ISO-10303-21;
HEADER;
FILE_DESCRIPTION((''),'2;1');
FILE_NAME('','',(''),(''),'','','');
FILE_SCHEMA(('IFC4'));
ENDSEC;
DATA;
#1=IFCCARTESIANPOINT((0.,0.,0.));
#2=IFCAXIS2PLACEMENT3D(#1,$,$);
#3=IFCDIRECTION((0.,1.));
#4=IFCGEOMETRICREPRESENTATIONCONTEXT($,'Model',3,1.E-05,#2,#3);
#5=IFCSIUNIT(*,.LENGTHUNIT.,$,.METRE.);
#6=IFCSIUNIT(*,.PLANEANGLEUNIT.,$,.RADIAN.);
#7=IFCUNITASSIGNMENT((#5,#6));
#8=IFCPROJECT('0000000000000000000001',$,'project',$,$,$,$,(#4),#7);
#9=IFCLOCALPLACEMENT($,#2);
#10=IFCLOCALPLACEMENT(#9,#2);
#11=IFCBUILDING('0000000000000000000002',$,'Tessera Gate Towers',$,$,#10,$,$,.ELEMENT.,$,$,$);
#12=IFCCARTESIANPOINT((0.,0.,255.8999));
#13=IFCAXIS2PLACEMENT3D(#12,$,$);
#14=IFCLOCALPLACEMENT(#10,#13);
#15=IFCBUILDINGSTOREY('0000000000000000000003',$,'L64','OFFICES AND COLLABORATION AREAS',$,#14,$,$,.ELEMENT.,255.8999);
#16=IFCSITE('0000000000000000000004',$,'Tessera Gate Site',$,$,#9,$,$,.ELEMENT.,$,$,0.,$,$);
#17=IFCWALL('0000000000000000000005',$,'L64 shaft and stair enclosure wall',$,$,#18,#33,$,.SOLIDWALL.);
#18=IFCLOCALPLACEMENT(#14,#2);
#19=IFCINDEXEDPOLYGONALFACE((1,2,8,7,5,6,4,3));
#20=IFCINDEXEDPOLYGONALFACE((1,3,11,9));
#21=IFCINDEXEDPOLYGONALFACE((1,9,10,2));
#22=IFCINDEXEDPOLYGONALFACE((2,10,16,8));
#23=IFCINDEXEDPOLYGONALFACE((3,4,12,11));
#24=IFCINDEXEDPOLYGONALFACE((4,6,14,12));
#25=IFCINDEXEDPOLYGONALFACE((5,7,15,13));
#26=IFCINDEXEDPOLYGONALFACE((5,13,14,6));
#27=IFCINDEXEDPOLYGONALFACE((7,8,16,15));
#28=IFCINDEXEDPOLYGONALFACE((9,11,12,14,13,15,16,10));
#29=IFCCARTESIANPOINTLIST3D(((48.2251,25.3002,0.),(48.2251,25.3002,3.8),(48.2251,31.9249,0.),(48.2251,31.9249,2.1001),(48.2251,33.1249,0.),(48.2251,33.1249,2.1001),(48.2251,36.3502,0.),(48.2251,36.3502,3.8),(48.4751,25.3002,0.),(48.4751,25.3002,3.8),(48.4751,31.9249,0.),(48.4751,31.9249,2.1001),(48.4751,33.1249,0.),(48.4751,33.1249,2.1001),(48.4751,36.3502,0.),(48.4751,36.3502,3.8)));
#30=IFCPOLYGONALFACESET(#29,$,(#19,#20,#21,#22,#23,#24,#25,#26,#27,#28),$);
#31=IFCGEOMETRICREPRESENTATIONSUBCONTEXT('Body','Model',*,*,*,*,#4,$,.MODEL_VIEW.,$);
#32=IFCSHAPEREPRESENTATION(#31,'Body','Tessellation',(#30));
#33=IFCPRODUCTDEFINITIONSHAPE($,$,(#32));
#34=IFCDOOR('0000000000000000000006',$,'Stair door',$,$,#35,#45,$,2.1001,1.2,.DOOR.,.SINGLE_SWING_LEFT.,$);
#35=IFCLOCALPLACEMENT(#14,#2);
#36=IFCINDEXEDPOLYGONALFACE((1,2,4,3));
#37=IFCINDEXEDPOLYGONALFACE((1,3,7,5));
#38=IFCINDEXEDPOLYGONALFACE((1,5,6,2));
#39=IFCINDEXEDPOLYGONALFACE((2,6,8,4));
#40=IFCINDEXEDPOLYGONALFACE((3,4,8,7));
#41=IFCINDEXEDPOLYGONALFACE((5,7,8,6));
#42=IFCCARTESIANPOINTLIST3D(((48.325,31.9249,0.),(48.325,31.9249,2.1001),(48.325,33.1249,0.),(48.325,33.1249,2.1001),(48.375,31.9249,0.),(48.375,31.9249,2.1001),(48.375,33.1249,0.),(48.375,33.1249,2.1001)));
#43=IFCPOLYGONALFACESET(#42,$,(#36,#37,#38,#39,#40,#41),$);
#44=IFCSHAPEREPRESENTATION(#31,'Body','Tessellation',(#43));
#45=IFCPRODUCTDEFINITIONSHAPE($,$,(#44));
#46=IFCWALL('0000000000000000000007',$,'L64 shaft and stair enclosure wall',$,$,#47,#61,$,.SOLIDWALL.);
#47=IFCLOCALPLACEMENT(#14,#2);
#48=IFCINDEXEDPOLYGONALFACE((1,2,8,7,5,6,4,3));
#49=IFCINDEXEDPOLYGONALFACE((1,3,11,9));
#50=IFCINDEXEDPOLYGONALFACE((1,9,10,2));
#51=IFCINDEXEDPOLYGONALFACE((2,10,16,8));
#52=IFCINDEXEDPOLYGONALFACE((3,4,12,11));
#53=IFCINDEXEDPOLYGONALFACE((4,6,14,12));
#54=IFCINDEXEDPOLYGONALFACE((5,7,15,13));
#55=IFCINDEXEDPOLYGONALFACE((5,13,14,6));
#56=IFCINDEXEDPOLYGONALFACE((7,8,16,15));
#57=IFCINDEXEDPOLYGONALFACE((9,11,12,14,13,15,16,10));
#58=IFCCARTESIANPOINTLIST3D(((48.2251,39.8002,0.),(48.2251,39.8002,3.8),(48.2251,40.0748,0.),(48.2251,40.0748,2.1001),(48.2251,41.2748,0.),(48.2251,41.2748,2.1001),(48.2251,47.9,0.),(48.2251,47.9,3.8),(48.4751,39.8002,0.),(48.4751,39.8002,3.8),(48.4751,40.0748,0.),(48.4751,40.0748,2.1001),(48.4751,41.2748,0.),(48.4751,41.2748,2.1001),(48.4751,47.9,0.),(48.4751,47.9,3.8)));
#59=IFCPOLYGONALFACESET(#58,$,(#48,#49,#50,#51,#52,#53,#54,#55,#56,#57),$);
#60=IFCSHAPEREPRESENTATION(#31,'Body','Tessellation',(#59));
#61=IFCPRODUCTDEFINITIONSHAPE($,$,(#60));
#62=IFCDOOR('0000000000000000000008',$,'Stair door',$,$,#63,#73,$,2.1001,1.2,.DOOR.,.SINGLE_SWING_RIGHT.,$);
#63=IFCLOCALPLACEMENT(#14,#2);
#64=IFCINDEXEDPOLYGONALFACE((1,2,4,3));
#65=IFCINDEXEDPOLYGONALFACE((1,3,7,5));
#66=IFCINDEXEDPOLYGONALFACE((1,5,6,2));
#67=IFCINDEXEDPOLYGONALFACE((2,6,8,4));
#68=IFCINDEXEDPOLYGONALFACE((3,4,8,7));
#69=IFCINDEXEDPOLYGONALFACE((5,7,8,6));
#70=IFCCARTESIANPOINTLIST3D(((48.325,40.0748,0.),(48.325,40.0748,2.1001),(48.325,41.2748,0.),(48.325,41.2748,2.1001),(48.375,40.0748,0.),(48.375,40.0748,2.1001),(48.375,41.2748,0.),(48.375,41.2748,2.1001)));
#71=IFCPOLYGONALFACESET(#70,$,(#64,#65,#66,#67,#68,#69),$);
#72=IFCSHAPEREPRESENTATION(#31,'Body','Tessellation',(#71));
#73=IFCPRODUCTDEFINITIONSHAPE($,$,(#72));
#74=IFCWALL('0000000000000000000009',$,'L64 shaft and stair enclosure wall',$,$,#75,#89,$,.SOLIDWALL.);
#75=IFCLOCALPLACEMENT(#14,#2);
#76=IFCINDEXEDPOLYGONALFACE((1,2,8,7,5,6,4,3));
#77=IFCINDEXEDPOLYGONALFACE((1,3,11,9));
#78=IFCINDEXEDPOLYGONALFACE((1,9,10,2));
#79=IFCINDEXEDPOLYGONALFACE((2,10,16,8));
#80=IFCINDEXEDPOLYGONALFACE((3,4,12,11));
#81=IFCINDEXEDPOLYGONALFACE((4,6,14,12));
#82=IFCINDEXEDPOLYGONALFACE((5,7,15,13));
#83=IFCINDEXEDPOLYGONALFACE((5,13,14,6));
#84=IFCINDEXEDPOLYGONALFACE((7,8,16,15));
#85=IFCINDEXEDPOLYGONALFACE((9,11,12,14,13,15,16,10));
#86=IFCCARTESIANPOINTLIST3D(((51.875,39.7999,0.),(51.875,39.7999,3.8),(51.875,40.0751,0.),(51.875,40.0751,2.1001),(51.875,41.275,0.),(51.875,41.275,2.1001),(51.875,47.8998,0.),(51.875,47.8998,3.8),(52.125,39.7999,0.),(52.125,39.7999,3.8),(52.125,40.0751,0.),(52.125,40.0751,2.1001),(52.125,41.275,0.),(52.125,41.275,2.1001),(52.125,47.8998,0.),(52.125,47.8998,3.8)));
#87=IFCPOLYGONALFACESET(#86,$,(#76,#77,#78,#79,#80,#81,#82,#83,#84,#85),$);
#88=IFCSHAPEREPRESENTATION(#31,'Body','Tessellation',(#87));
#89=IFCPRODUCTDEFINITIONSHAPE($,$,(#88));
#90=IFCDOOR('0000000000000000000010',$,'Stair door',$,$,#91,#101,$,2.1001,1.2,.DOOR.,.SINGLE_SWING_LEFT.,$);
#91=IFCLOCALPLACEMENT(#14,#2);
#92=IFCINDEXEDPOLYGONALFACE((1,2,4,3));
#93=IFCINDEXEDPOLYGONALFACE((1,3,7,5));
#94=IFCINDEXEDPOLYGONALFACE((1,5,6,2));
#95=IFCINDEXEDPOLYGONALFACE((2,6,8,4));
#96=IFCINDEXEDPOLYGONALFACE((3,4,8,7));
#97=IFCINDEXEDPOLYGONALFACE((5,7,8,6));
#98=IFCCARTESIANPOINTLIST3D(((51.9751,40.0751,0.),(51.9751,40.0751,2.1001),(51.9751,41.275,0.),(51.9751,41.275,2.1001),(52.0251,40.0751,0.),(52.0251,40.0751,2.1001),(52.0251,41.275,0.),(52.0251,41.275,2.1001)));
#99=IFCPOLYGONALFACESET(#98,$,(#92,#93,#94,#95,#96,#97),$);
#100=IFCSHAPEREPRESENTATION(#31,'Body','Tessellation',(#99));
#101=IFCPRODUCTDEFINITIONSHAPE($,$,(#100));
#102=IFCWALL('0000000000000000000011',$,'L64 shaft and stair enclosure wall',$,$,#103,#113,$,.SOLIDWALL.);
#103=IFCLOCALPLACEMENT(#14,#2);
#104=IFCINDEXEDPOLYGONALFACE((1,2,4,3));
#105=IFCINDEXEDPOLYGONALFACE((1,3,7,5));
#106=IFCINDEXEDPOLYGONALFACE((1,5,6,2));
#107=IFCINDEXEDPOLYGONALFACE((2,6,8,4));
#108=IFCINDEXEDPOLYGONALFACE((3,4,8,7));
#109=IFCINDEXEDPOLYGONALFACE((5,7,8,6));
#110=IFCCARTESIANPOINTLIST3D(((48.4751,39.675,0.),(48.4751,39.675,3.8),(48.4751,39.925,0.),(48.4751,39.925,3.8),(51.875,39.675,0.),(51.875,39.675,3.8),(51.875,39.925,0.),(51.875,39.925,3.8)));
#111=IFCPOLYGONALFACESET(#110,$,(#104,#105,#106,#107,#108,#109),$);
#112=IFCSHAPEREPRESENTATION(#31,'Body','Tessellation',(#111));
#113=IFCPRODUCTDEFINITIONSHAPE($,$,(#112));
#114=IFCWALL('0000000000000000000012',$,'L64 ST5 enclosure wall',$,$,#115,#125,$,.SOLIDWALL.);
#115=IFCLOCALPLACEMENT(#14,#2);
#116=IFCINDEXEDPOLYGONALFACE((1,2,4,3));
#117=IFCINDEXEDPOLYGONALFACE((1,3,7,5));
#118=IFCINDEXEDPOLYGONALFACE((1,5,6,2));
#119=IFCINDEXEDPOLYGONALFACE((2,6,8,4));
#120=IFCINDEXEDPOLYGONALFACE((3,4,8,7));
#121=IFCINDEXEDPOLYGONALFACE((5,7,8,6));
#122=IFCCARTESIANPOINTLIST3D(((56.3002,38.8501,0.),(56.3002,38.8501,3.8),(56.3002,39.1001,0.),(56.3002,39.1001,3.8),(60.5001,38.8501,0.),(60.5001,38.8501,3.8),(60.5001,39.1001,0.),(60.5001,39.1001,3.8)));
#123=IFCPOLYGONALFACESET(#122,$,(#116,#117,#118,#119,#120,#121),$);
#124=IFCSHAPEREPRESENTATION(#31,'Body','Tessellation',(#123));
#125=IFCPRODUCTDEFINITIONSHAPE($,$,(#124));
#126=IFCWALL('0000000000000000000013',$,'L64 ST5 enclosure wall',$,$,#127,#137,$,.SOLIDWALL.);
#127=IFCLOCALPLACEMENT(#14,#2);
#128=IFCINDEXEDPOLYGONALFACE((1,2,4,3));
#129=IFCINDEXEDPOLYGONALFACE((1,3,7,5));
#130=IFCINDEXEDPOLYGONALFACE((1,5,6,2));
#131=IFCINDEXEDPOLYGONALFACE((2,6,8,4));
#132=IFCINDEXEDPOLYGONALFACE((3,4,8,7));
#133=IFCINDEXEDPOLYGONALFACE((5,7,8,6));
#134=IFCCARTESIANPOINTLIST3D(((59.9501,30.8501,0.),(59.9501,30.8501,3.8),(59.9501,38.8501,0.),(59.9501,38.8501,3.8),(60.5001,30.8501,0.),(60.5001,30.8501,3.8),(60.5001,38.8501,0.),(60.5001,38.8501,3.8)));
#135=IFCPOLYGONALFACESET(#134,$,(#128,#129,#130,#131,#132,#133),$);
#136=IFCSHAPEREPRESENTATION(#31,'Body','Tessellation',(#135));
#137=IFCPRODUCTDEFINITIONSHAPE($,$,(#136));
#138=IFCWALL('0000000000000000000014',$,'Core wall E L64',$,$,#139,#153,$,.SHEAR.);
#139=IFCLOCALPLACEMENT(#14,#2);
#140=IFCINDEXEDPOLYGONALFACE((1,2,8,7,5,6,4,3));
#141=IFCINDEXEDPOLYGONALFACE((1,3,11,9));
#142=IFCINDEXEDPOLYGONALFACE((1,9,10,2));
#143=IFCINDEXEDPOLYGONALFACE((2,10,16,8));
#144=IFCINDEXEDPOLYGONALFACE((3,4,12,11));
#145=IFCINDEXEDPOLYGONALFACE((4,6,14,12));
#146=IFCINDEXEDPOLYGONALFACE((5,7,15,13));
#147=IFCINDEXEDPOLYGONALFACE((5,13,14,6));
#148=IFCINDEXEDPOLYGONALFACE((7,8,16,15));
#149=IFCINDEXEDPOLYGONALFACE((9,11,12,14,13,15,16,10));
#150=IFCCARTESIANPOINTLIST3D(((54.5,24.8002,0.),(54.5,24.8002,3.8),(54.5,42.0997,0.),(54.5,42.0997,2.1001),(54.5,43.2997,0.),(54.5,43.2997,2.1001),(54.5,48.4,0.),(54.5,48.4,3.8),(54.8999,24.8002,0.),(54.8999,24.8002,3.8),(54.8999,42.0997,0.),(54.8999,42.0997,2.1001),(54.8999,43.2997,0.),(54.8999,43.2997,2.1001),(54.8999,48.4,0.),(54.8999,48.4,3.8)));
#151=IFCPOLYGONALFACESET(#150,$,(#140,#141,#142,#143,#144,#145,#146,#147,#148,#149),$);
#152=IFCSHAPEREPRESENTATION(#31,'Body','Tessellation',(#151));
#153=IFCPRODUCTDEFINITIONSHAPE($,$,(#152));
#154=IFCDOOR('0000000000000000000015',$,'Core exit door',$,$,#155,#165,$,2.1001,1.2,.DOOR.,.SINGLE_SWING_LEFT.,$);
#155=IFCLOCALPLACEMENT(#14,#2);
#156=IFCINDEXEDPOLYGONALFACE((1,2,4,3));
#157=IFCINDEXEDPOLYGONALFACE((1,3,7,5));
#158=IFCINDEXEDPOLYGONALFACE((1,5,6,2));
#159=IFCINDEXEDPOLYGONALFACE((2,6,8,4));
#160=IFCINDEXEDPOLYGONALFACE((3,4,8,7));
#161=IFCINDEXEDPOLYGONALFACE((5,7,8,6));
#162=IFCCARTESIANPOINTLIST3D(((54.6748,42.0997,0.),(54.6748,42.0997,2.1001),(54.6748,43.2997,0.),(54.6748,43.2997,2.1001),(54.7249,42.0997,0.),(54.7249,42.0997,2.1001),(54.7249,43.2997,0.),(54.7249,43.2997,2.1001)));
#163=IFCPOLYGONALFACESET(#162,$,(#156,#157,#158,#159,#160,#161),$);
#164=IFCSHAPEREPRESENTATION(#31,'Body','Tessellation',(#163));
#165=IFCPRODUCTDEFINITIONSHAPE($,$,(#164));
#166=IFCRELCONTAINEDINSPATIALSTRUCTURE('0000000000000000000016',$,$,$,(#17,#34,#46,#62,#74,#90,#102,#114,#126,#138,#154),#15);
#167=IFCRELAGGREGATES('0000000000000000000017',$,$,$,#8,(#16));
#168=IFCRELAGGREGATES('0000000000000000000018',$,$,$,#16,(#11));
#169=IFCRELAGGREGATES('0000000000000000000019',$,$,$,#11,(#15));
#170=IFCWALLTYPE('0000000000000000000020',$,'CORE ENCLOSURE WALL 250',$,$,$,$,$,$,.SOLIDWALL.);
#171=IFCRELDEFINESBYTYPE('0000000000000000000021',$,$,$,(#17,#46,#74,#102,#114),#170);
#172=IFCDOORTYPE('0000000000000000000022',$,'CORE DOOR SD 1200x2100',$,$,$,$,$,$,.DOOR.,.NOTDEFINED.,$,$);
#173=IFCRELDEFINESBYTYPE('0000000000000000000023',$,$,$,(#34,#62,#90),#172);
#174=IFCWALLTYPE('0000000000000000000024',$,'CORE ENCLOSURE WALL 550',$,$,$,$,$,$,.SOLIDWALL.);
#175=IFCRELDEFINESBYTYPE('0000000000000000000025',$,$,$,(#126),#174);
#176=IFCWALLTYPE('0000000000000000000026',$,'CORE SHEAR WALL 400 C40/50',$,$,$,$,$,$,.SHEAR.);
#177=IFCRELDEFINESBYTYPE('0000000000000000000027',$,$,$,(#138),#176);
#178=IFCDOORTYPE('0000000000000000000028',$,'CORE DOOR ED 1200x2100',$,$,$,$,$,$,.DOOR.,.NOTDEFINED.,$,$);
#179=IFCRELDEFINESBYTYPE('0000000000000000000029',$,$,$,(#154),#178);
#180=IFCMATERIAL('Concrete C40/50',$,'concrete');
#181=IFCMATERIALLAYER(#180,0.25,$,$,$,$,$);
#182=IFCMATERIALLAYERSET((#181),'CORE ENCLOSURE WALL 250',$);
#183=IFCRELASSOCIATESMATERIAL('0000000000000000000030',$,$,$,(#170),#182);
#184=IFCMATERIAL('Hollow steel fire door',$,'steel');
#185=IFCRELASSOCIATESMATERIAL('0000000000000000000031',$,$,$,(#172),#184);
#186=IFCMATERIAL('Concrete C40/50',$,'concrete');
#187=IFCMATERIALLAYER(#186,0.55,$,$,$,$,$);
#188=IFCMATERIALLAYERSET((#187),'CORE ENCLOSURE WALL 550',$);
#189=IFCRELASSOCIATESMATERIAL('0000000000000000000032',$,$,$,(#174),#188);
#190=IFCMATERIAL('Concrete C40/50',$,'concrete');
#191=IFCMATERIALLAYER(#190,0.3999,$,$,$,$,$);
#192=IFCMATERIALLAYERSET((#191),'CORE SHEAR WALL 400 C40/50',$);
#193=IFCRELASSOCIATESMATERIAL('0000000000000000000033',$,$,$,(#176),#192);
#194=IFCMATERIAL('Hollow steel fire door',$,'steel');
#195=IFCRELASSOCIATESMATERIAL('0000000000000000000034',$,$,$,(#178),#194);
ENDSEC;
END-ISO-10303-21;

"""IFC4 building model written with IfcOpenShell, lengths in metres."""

from ifc_helpers import new_model, si_unit, direction, frame, frame_2d, origin, place, context, subcontext, project, spatial, rectangle, extrude, source, transform, mapped, material, layer, layer_set, type_object, element, fill, save


model = new_model("IFC4")

# Units and contexts
model_context = context("Model", 3, precision=1e-05, world=origin(), true_north=direction((0.0, 1.0)))
body_context = subcontext(model_context, "Body", "Model", "MODEL_VIEW")
ifc_project = project(units=[si_unit("LENGTHUNIT", "METRE"), si_unit("PLANEANGLEUNIT", "RADIAN")], contexts=[model_context])

# Site, building, storey
site_placement = place(None, origin())
site = spatial("IfcSite", under=ifc_project, at=site_placement, Name="Tessera Gate Site", CompositionType="ELEMENT", RefElevation=0.0)
building_placement = place(site_placement, origin())
building = spatial("IfcBuilding", under=site, at=building_placement, Name="Tessera Gate Towers", CompositionType="ELEMENT")
storey_placement = place(building_placement, frame((0.0, 0.0, 255.8999)))
storey = spatial("IfcBuildingStorey", under=building, at=storey_placement, Name="L64", Description="OFFICES AND COLLABORATION AREAS", CompositionType="ELEMENT", Elevation=255.8999)

# Walls, openings, doors
ifc_material_1 = material(Name="Concrete C40/50", Category="concrete")
ifc_layer_1 = layer(ifc_material_1, 0.25)
ifc_layer_set_1 = layer_set([ifc_layer_1], Name="CORE ENCLOSURE WALL 250")
wall_type_1 = type_object("IfcWallType", Name="CORE ENCLOSURE WALL 250", PredefinedType="SOLIDWALL", material=ifc_layer_set_1)
wall_1_placement = place(storey_placement, frame((48.3501, 36.3501, 0.0), z_axis=(0.0, 0.0, 1.0), x_axis=(0.0, -1.0, 0.0)))
wall_1 = element("IfcWall", 1, at=wall_1_placement, inside=storey, type_object=wall_type_1, Name="L64 shaft and stair enclosure wall", PredefinedType="SOLIDWALL", context=body_context, shape_type="SweptSolid", body=[
    extrude(rectangle(XDim=11.05, YDim=0.25, at=frame_2d((5.5249, 0.0))), origin(), (0.0, 0.0, 1.0), 3.8),
])
shared_shape_1 = source(origin(), body_context, "Body", "SweptSolid", [
    extrude(rectangle(XDim=1.2, YDim=2.1001, at=frame_2d((0.6001, 1.05))), frame((0.0, 0.135, 0.0), z_axis=(0.0, -1.0, 0.0), x_axis=(1.0, 0.0, 0.0)), (0.0, 0.0, 1.0), 0.27),
])
opening_1_placement = place(wall_1_placement, frame((3.2251, 0.0, 0.0)))
opening_1 = element("IfcOpeningElement", 2, at=opening_1_placement, cuts=wall_1, PredefinedType="OPENING", context=body_context, shape_type="MappedRepresentation", body=[
    mapped(shared_shape_1, transform((0.0, 0.0, 0.0), scale=1.0)),
])
ifc_material_2 = material(Name="Hollow steel fire door", Category="steel")
door_type_1 = type_object("IfcDoorType", Name="CORE DOOR SD 1200x2100", OperationType="NOTDEFINED", PredefinedType="DOOR", material=ifc_material_2)
shared_shape_2 = source(origin(), body_context, "Body", "SweptSolid", [
    extrude(rectangle(XDim=1.2, YDim=2.1001, at=frame_2d((0.6001, 1.05))), frame((0.0, 0.0249, 0.0), z_axis=(0.0, -1.0, 0.0), x_axis=(1.0, 0.0, 0.0)), (0.0, 0.0, 1.0), 0.05),
])
door_1_placement = place(opening_1_placement, origin())
door_1 = element("IfcDoor", 3, at=door_1_placement, inside=storey, type_object=door_type_1, Name="Stair door", OperationType="SINGLE_SWING_LEFT", OverallHeight=2.1001, OverallWidth=1.2, PredefinedType="DOOR", context=body_context, shape_type="MappedRepresentation", body=[
    mapped(shared_shape_2, transform((0.0, 0.0, 0.0), scale=1.0)),
])
fill(opening_1, door_1)
wall_2_placement = place(storey_placement, frame((48.3501, 47.8999, 0.0), z_axis=(0.0, 0.0, 1.0), x_axis=(0.0, -1.0, 0.0)))
wall_2 = element("IfcWall", 4, at=wall_2_placement, inside=storey, type_object=wall_type_1, Name="L64 shaft and stair enclosure wall", PredefinedType="SOLIDWALL", context=body_context, shape_type="SweptSolid", body=[
    extrude(rectangle(XDim=8.0999, YDim=0.25, at=frame_2d((4.0498, 0.0))), origin(), (0.0, 0.0, 1.0), 3.8),
])
opening_2_placement = place(wall_2_placement, frame((6.625, 0.0, 0.0)))
opening_2 = element("IfcOpeningElement", 5, at=opening_2_placement, cuts=wall_2, PredefinedType="OPENING", context=body_context, shape_type="MappedRepresentation", body=[
    mapped(shared_shape_1, transform((0.0, 0.0, 0.0), scale=1.0)),
])
door_2_placement = place(opening_2_placement, origin())
door_2 = element("IfcDoor", 6, at=door_2_placement, inside=storey, type_object=door_type_1, Name="Stair door", OperationType="SINGLE_SWING_RIGHT", OverallHeight=2.1001, OverallWidth=1.2, PredefinedType="DOOR", context=body_context, shape_type="MappedRepresentation", body=[
    mapped(shared_shape_2, transform((0.0, 0.0, 0.0), scale=1.0)),
])
fill(opening_2, door_2)
wall_3_placement = place(storey_placement, frame((52.0, 39.8, 0.0), z_axis=(0.0, 0.0, 1.0), x_axis=(0.0, 1.0, 0.0)))
wall_3 = element("IfcWall", 7, at=wall_3_placement, inside=storey, type_object=wall_type_1, Name="L64 shaft and stair enclosure wall", PredefinedType="SOLIDWALL", context=body_context, shape_type="SweptSolid", body=[
    extrude(rectangle(XDim=8.0999, YDim=0.25, at=frame_2d((4.0498, 0.0))), origin(), (0.0, 0.0, 1.0), 3.8),
])
opening_3_placement = place(wall_3_placement, frame((0.2749, 0.0, 0.0)))
opening_3 = element("IfcOpeningElement", 8, at=opening_3_placement, cuts=wall_3, PredefinedType="OPENING", context=body_context, shape_type="MappedRepresentation", body=[
    mapped(shared_shape_1, transform((0.0, 0.0, 0.0), scale=1.0)),
])
door_3_placement = place(opening_3_placement, origin())
door_3 = element("IfcDoor", 9, at=door_3_placement, inside=storey, type_object=door_type_1, Name="Stair door", OperationType="SINGLE_SWING_LEFT", OverallHeight=2.1001, OverallWidth=1.2, PredefinedType="DOOR", context=body_context, shape_type="MappedRepresentation", body=[
    mapped(shared_shape_2, transform((0.0, 0.0, 0.0), scale=1.0)),
])
fill(opening_3, door_3)

# Walls
wall_4_placement = place(storey_placement, frame((48.4751, 39.8, 0.0), z_axis=(0.0, 0.0, 1.0), x_axis=(1.0, 0.0, 0.0)))
element("IfcWall", 10, at=wall_4_placement, inside=storey, type_object=wall_type_1, Name="L64 shaft and stair enclosure wall", PredefinedType="SOLIDWALL", context=body_context, shape_type="SweptSolid", body=[
    extrude(rectangle(XDim=3.3999, YDim=0.25, at=frame_2d((1.7, 0.0))), origin(), (0.0, 0.0, 1.0), 3.8),
])
wall_5_placement = place(storey_placement, frame((56.3, 38.9751, 0.0), z_axis=(0.0, 0.0, 1.0), x_axis=(1.0, 0.0, 0.0)))
element("IfcWall", 11, at=wall_5_placement, inside=storey, type_object=wall_type_1, Name="L64 ST5 enclosure wall", PredefinedType="SOLIDWALL", context=body_context, shape_type="SweptSolid", body=[
    extrude(rectangle(XDim=4.2, YDim=0.25, at=frame_2d((2.1001, 0.0))), origin(), (0.0, 0.0, 1.0), 3.8),
])
ifc_material_3 = material(Name="Concrete C40/50", Category="concrete")
ifc_layer_2 = layer(ifc_material_3, 0.55)
ifc_layer_set_2 = layer_set([ifc_layer_2], Name="CORE ENCLOSURE WALL 550")
wall_type_2 = type_object("IfcWallType", Name="CORE ENCLOSURE WALL 550", PredefinedType="SOLIDWALL", material=ifc_layer_set_2)
wall_6_placement = place(storey_placement, frame((60.2251, 38.8501, 0.0), z_axis=(0.0, 0.0, 1.0), x_axis=(0.0, -1.0, 0.0)))
element("IfcWall", 12, at=wall_6_placement, inside=storey, type_object=wall_type_2, Name="L64 ST5 enclosure wall", PredefinedType="SOLIDWALL", context=body_context, shape_type="SweptSolid", body=[
    extrude(rectangle(XDim=8.0, YDim=0.55, at=frame_2d((4.0, 0.0))), origin(), (0.0, 0.0, 1.0), 3.8),
])

# Wall, opening, door
ifc_material_4 = material(Name="Concrete C40/50", Category="concrete")
ifc_layer_3 = layer(ifc_material_4, 0.3999)
ifc_layer_set_3 = layer_set([ifc_layer_3], Name="CORE SHEAR WALL 400 C40/50")
wall_type_3 = type_object("IfcWallType", Name="CORE SHEAR WALL 400 C40/50", PredefinedType="SHEAR", material=ifc_layer_set_3)
wall_7_placement = place(storey_placement, frame((54.7, 48.3999, 0.0), z_axis=(0.0, 0.0, 1.0), x_axis=(0.0, -1.0, 0.0)))
wall_7 = element("IfcWall", 13, at=wall_7_placement, inside=storey, type_object=wall_type_3, Name="Core wall E L64", PredefinedType="SHEAR", context=body_context, shape_type="SweptSolid", body=[
    extrude(rectangle(XDim=23.5999, YDim=0.3999, at=frame_2d((11.7998, 0.0))), origin(), (0.0, 0.0, 1.0), 3.8),
])
shared_shape_3 = source(origin(), body_context, "Body", "SweptSolid", [
    extrude(rectangle(XDim=1.2, YDim=2.1001, at=frame_2d((0.6001, 1.05))), frame((0.0, 0.21, 0.0), z_axis=(0.0, -1.0, 0.0), x_axis=(1.0, 0.0, 0.0)), (0.0, 0.0, 1.0), 0.4199),
])
opening_4_placement = place(wall_7_placement, frame((5.1001, 0.0, 0.0)))
opening_4 = element("IfcOpeningElement", 14, at=opening_4_placement, cuts=wall_7, PredefinedType="OPENING", context=body_context, shape_type="MappedRepresentation", body=[
    mapped(shared_shape_3, transform((0.0, 0.0, 0.0), scale=1.0)),
])
ifc_material_5 = material(Name="Hollow steel fire door", Category="steel")
door_type_2 = type_object("IfcDoorType", Name="CORE DOOR ED 1200x2100", OperationType="NOTDEFINED", PredefinedType="DOOR", material=ifc_material_5)
door_4_placement = place(opening_4_placement, origin())
door_4 = element("IfcDoor", 15, at=door_4_placement, inside=storey, type_object=door_type_2, Name="Core exit door", OperationType="SINGLE_SWING_LEFT", OverallHeight=2.1001, OverallWidth=1.2, PredefinedType="DOOR", context=body_context, shape_type="MappedRepresentation", body=[
    mapped(shared_shape_2, transform((0.0, 0.0, 0.0), scale=1.0)),
])
fill(opening_4, door_4)

save(model, "model.ifc")
